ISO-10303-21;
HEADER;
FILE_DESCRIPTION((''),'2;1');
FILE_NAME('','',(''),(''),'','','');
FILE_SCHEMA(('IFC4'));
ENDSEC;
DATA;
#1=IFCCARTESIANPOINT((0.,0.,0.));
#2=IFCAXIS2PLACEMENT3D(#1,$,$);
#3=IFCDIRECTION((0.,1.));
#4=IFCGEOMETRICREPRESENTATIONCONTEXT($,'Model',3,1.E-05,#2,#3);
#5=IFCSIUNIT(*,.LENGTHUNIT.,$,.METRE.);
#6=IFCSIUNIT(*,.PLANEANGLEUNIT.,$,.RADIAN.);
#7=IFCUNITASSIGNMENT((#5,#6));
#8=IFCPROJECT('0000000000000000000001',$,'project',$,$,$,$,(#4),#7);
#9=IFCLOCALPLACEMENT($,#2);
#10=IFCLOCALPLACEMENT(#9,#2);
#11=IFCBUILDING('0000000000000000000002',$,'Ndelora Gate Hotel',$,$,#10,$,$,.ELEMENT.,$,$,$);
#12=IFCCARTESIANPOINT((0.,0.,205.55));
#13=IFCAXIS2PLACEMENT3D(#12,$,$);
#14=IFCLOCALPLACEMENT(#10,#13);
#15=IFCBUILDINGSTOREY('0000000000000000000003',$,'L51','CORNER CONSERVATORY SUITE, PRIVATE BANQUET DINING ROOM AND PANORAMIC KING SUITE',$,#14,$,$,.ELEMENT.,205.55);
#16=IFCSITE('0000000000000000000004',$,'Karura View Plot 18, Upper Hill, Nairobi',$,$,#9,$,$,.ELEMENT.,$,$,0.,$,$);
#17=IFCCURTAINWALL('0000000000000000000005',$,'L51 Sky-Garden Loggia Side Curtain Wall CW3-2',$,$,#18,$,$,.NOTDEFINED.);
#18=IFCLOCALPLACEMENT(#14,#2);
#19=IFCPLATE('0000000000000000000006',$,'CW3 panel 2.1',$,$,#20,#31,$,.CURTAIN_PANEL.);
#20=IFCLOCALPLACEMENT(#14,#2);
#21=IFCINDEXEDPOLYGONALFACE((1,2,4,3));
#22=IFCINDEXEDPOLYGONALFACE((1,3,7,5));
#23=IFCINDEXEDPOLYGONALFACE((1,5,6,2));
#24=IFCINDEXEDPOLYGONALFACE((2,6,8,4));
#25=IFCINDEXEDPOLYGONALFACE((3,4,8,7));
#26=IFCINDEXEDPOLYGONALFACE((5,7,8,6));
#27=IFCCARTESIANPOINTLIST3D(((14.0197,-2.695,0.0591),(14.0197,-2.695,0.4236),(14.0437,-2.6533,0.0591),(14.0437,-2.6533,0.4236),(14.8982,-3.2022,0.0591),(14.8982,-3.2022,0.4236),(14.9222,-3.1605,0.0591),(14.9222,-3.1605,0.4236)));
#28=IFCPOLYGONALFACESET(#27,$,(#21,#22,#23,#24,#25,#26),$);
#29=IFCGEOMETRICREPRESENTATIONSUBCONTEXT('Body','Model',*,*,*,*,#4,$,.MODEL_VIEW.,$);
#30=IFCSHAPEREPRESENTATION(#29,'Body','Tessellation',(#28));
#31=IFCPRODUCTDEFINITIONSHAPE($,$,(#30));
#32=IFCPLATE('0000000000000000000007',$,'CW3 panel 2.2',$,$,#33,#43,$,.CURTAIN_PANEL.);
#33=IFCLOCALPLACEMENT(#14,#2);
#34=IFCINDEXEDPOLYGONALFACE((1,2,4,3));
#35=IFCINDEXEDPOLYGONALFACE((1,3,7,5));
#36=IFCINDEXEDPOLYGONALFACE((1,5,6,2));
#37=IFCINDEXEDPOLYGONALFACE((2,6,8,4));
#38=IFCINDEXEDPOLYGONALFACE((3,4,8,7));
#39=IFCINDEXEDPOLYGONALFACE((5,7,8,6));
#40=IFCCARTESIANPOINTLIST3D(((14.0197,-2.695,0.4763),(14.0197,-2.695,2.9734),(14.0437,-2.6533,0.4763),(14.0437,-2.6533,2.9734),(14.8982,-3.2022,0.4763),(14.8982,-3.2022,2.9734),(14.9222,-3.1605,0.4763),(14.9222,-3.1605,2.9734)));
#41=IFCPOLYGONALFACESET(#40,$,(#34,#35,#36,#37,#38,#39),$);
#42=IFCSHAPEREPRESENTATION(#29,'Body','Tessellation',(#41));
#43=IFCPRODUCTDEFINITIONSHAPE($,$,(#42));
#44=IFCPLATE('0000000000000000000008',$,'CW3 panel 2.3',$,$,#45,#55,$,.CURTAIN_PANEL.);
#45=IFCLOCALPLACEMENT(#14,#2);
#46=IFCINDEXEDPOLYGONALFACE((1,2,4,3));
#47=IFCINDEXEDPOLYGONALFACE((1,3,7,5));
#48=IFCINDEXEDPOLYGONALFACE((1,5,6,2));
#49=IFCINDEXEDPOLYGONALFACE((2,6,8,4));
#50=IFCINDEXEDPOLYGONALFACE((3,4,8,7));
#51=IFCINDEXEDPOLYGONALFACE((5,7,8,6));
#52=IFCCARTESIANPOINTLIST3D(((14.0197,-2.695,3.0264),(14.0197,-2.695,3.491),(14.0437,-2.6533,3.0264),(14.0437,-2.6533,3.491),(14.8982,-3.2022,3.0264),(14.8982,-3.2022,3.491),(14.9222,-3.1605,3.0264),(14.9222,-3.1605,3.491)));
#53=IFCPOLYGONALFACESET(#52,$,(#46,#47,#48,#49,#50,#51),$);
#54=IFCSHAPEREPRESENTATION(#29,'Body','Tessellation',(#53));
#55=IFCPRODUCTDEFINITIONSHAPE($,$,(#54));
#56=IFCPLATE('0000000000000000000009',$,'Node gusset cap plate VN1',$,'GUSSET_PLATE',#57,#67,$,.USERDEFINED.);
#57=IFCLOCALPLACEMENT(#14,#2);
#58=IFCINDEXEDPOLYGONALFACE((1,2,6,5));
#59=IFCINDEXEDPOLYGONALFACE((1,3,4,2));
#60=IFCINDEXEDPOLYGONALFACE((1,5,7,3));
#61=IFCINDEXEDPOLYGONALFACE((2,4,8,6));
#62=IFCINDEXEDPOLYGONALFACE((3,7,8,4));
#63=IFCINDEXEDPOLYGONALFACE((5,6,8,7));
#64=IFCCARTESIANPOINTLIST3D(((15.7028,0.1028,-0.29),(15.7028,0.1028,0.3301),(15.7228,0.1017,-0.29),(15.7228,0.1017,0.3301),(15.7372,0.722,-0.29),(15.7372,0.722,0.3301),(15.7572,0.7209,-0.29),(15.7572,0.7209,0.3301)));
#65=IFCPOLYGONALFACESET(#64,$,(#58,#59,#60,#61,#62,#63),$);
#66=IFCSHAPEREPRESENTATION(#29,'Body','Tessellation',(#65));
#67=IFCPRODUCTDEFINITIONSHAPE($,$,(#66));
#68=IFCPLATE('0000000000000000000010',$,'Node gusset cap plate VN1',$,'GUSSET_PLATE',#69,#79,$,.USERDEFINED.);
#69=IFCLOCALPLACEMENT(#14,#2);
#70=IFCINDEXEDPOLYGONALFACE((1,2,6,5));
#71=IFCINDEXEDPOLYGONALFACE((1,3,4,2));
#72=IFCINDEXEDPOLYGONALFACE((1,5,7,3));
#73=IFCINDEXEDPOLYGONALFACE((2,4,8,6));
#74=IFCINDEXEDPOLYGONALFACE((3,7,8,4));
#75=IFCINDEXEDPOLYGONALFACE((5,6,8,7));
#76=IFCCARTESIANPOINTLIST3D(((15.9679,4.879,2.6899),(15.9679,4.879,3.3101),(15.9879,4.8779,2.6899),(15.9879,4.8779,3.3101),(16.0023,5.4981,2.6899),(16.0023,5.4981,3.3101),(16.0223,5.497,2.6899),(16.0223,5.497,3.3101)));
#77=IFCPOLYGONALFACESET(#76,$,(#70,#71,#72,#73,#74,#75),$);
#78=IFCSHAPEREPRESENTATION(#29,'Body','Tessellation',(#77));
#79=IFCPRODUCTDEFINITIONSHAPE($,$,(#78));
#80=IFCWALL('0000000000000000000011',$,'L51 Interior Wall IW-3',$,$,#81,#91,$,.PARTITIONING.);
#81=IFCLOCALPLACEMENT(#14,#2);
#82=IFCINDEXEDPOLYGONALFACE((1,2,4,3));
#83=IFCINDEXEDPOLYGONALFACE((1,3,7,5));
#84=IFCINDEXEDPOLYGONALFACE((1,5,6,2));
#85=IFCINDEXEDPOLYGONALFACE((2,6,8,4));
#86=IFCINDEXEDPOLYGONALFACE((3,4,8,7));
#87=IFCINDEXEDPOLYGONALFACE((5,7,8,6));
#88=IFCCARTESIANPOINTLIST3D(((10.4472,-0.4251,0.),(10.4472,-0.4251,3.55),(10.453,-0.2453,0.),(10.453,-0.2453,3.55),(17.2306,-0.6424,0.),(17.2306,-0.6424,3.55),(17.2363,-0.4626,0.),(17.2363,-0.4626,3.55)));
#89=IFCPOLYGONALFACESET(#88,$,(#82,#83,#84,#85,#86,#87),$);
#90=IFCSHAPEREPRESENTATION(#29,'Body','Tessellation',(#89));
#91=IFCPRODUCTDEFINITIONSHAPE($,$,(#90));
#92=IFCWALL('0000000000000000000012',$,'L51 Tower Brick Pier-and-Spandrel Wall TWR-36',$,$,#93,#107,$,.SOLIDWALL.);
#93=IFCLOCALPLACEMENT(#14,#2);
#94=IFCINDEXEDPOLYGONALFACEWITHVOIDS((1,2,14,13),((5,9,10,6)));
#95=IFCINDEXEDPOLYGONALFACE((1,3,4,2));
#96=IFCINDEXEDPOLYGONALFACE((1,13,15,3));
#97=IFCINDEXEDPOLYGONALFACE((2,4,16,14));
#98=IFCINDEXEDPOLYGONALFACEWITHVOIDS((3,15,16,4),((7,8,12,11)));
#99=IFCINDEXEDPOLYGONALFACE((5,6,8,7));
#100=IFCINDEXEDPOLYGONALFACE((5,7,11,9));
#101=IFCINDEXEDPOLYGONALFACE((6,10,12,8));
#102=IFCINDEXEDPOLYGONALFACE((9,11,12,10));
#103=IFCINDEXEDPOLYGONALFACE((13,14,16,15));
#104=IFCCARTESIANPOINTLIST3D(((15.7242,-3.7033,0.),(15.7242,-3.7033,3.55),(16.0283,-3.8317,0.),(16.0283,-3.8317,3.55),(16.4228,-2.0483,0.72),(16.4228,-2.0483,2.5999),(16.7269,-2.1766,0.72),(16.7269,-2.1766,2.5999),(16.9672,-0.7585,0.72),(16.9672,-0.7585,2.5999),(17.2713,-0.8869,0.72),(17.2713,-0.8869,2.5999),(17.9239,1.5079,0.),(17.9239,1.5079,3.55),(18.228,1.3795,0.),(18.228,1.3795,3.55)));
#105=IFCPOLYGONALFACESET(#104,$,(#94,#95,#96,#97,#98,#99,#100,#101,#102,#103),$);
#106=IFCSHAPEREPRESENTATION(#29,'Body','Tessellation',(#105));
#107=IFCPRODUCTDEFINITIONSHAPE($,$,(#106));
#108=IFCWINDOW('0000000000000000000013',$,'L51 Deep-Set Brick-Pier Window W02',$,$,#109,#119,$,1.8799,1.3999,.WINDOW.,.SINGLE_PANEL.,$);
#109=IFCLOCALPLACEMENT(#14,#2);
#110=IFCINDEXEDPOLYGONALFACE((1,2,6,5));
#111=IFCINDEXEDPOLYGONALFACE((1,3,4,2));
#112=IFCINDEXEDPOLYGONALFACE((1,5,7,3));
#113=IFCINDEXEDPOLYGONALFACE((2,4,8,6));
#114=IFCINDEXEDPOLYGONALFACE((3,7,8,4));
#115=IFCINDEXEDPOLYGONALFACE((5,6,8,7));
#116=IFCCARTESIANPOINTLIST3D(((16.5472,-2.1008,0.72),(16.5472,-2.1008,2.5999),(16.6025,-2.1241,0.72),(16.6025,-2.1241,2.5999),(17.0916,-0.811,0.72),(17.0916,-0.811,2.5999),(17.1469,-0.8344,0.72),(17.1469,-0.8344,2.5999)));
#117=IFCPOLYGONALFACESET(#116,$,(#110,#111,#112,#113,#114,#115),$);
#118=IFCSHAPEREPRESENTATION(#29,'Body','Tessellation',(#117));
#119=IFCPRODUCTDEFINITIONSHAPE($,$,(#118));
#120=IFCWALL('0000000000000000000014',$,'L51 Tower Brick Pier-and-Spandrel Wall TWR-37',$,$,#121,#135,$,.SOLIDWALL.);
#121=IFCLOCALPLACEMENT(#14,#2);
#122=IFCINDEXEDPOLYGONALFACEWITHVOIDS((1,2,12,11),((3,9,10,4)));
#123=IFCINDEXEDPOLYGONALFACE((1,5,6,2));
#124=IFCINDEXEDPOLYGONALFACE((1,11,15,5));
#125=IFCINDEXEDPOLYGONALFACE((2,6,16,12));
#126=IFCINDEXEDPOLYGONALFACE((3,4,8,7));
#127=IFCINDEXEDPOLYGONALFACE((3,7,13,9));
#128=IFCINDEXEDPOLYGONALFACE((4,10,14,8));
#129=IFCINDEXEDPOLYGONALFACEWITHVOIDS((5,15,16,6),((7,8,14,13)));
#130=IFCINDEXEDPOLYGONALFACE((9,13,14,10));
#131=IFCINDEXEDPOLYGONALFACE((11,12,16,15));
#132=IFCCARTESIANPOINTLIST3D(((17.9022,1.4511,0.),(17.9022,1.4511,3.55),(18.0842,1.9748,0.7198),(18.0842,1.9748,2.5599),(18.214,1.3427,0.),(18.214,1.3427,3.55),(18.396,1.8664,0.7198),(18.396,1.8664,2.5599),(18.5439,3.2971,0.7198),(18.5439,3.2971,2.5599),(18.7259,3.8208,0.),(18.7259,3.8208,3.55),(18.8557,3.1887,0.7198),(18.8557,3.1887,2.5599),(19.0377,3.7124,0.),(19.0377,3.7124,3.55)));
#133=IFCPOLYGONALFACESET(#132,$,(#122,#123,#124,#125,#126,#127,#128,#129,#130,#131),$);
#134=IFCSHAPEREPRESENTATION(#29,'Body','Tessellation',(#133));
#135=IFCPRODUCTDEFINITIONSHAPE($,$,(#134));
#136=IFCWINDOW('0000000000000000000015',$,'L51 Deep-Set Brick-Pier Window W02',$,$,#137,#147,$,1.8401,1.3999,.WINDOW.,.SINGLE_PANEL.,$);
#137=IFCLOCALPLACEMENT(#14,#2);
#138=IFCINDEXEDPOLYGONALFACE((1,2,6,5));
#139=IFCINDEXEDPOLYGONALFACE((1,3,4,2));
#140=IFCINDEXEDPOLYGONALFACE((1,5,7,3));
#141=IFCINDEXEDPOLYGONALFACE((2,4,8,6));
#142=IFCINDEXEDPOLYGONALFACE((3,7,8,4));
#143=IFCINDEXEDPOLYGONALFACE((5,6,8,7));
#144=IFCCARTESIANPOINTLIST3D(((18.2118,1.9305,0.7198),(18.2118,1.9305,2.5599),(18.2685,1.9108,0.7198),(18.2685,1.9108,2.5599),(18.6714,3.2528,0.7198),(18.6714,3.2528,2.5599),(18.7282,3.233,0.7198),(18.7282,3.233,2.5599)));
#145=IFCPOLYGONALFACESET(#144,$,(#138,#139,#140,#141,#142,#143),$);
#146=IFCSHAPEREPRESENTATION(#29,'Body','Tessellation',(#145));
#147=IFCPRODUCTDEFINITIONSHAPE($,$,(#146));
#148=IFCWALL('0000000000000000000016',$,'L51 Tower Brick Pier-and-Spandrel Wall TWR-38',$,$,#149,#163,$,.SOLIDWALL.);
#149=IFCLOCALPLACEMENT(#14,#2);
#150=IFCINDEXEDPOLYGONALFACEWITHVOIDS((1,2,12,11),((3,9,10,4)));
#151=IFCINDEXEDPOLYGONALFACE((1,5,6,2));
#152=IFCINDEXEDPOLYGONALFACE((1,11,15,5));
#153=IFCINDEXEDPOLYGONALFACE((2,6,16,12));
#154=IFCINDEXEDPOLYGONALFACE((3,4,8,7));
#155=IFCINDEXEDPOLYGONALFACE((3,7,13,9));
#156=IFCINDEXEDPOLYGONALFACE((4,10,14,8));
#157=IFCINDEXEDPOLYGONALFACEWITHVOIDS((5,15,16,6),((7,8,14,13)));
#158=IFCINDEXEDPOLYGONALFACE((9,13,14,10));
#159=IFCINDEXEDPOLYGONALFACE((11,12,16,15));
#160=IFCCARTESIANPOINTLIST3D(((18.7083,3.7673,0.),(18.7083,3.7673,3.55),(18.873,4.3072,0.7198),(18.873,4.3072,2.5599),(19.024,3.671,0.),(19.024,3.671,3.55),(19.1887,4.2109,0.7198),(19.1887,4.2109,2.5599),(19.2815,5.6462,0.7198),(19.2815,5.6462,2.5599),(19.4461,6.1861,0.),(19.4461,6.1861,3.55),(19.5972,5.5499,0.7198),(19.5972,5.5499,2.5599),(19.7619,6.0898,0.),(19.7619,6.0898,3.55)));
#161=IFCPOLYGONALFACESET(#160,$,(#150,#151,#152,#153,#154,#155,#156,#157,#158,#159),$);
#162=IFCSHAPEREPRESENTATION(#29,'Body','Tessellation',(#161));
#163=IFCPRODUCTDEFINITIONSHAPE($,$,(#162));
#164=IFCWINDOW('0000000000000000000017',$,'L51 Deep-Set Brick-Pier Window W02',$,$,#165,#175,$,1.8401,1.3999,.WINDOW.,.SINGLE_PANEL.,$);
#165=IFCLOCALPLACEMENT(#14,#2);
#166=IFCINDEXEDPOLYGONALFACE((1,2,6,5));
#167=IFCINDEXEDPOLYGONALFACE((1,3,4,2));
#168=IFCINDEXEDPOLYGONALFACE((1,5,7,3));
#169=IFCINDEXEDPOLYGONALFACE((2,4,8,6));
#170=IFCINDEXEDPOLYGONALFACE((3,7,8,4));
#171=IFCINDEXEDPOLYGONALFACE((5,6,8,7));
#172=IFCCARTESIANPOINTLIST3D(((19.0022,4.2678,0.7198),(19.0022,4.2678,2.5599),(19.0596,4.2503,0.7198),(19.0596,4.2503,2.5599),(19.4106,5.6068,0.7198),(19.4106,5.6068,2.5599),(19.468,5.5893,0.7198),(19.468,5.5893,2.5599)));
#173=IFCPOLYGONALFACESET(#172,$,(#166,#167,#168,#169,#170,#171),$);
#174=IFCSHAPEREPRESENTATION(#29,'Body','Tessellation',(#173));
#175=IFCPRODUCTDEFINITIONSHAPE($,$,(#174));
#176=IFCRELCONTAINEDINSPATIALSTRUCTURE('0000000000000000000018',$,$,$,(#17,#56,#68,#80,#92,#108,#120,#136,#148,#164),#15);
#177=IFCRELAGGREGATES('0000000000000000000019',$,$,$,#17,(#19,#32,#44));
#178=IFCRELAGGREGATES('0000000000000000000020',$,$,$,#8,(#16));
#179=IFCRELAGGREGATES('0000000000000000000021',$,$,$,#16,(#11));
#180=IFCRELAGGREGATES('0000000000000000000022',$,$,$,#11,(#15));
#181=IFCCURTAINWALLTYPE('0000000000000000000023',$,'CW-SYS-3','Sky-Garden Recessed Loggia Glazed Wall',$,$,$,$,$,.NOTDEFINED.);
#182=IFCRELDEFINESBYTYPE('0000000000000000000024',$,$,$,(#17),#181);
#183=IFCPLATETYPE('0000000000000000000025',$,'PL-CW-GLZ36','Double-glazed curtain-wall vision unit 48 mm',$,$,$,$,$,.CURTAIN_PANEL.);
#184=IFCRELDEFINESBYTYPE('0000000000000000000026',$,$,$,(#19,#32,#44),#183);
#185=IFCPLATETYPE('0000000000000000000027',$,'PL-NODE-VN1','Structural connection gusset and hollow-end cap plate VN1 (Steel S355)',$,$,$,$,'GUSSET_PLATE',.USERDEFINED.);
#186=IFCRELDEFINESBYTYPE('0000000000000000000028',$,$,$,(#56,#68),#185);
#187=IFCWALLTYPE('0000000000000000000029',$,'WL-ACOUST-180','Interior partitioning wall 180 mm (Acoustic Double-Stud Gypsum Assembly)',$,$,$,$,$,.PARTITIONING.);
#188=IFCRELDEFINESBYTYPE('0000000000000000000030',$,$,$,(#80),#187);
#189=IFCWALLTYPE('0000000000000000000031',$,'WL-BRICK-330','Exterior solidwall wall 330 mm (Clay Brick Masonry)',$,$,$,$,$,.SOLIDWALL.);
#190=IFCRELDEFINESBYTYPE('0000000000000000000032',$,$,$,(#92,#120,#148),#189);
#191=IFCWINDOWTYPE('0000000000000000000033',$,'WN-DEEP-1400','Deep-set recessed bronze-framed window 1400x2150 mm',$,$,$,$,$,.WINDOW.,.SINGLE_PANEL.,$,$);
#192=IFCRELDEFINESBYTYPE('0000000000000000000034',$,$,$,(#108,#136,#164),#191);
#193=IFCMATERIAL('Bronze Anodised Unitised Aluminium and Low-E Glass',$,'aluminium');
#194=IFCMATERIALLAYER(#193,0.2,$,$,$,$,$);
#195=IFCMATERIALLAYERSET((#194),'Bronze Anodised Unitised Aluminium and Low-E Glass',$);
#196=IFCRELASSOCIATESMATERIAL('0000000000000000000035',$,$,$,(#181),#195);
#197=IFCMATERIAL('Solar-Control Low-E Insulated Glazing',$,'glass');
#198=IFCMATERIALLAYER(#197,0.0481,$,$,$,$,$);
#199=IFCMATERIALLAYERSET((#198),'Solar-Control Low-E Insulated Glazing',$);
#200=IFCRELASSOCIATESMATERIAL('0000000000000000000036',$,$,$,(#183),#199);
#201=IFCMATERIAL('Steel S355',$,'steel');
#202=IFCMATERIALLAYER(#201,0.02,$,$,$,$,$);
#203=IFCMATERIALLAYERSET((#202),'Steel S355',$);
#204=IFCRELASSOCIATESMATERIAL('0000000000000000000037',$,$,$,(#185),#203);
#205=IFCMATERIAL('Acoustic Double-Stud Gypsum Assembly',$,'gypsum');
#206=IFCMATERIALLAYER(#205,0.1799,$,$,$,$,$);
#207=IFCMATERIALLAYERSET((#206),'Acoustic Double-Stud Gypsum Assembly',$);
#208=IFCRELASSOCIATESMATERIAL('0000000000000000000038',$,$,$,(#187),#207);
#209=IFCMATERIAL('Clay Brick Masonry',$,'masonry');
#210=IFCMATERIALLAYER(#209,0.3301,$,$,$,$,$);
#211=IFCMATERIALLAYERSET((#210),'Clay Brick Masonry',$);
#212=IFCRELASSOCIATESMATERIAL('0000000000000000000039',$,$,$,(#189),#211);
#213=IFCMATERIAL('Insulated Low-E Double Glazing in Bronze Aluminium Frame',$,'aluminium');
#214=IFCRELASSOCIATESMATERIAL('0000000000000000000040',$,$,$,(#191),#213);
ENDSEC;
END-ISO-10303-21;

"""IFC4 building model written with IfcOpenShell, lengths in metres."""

from ifc_helpers import new_model, si_unit, direction, frame, frame_2d, origin, origin_2d, place, context, subcontext, project, spatial, rectangle, extrude, material, layer, layer_set, type_object, element, fill, aggregate, save


model = new_model("IFC4")

# Units and contexts
model_context = context("Model", 3, precision=1e-05, world=origin(), true_north=direction((0.0, 1.0)))
body_context = subcontext(model_context, "Body", "Model", "MODEL_VIEW")
ifc_project = project(units=[si_unit("LENGTHUNIT", "METRE"), si_unit("PLANEANGLEUNIT", "RADIAN")], contexts=[model_context])

# Site, building, storey
site_placement = place(None, origin())
site = spatial("IfcSite", under=ifc_project, at=site_placement, Name="Karura View Plot 18, Upper Hill, Nairobi", CompositionType="ELEMENT", RefElevation=0.0)
building_placement = place(site_placement, origin())
building = spatial("IfcBuilding", under=site, at=building_placement, Name="Ndelora Gate Hotel", CompositionType="ELEMENT")
storey_placement = place(building_placement, frame((0.0, 0.0, 205.55)))
storey = spatial("IfcBuildingStorey", under=building, at=storey_placement, Name="L51", Description="CORNER CONSERVATORY SUITE, PRIVATE BANQUET DINING ROOM AND PANORAMIC KING SUITE", CompositionType="ELEMENT", Elevation=205.55)

# Shared definitions
ifc_material_1 = material(Name="Steel S355", Category="steel")

# Curtain wall
ifc_material_2 = material(Name="Bronze Anodised Unitised Aluminium and Low-E Glass", Category="aluminium")
ifc_layer_1 = layer(ifc_material_2, 0.2)
ifc_layer_set_1 = layer_set([ifc_layer_1], Name="Bronze Anodised Unitised Aluminium and Low-E Glass")
curtain_wall_type = type_object("IfcCurtainWallType", Name="CW-SYS-3", Description="Sky-Garden Recessed Loggia Glazed Wall", PredefinedType="NOTDEFINED", material=ifc_layer_set_1)
curtain_wall_placement = place(storey_placement, origin())
curtain_wall = element("IfcCurtainWall", 1, at=curtain_wall_placement, inside=storey, type_object=curtain_wall_type, Name="L51 Sky-Garden Loggia Side Curtain Wall CW3-2", PredefinedType="NOTDEFINED")

# Plates
ifc_material_3 = material(Name="Solar-Control Low-E Insulated Glazing", Category="glass")
ifc_layer_2 = layer(ifc_material_3, 0.0481)
ifc_layer_set_2 = layer_set([ifc_layer_2], Name="Solar-Control Low-E Insulated Glazing")
plate_type_1 = type_object("IfcPlateType", Name="PL-CW-GLZ36", Description="Double-glazed curtain-wall vision unit 48 mm", PredefinedType="CURTAIN_PANEL", material=ifc_layer_set_2)
plate_1_placement = place(storey_placement, frame((14.4709, -2.9277, 0.0591), z_axis=(0.0, 0.0, 1.0), x_axis=(-0.86603, 0.499991, 0.0)))
plate_1 = element("IfcPlate", 2, at=plate_1_placement, type_object=plate_type_1, Name="CW3 panel 2.1", PredefinedType="CURTAIN_PANEL", context=body_context, shape_type="SweptSolid", body=[
    extrude(rectangle(XDim=1.0144, YDim=0.0481, at=origin_2d()), origin(), (0.0, 0.0, 1.0), 0.3645),
])
plate_2_placement = place(storey_placement, frame((14.4709, -2.9277, 0.4763), z_axis=(0.0, 0.0, 1.0), x_axis=(-0.86603, 0.499991, 0.0)))
plate_2 = element("IfcPlate", 3, at=plate_2_placement, type_object=plate_type_1, Name="CW3 panel 2.2", PredefinedType="CURTAIN_PANEL", context=body_context, shape_type="SweptSolid", body=[
    extrude(rectangle(XDim=1.0144, YDim=0.0481, at=origin_2d()), origin(), (0.0, 0.0, 1.0), 2.4971),
])
plate_3_placement = place(storey_placement, frame((14.4709, -2.9277, 3.0264), z_axis=(0.0, 0.0, 1.0), x_axis=(-0.86603, 0.499991, 0.0)))
plate_3 = element("IfcPlate", 4, at=plate_3_placement, type_object=plate_type_1, Name="CW3 panel 2.3", PredefinedType="CURTAIN_PANEL", context=body_context, shape_type="SweptSolid", body=[
    extrude(rectangle(XDim=1.0144, YDim=0.0481, at=origin_2d()), origin(), (0.0, 0.0, 1.0), 0.4646),
])
aggregate(curtain_wall, [plate_1, plate_2, plate_3])

# Plates
ifc_layer_3 = layer(ifc_material_1, 0.02)
ifc_layer_set_3 = layer_set([ifc_layer_3], Name="Steel S355")
plate_type_2 = type_object("IfcPlateType", Name="PL-NODE-VN1", Description="Structural connection gusset and hollow-end cap plate VN1 (Steel S355)", ElementType="GUSSET_PLATE", PredefinedType="USERDEFINED", material=ifc_layer_set_3)
for number, where, z_axis, x_axis, name in (
    (5, (15.73, 0.4119, -0.29), (0.0, 0.0, 1.0), (0.055473, 0.99846, 0.0), "Node gusset cap plate VN1"),
    (6, (15.9951, 5.188, 2.6899), (0.0, 0.0, 1.0), (0.055473, 0.99846, 0.0), "Node gusset cap plate VN1"),
):
    element("IfcPlate", number, at=place(storey_placement, frame(where, z_axis=z_axis, x_axis=x_axis)), inside=storey, type_object=plate_type_2, Name=name, ObjectType="GUSSET_PLATE", PredefinedType="USERDEFINED", context=body_context, shape_type="SweptSolid", body=[
        extrude(rectangle(XDim=0.6201, YDim=0.02, at=origin_2d()), origin(), (0.0, 0.0, 1.0), 0.6201),
    ])

# Wall
ifc_material_4 = material(Name="Acoustic Double-Stud Gypsum Assembly", Category="gypsum")
ifc_layer_4 = layer(ifc_material_4, 0.1799)
ifc_layer_set_4 = layer_set([ifc_layer_4], Name="Acoustic Double-Stud Gypsum Assembly")
wall_type_1 = type_object("IfcWallType", Name="WL-ACOUST-180", Description="Interior partitioning wall 180 mm (Acoustic Double-Stud Gypsum Assembly)", PredefinedType="PARTITIONING", material=ifc_layer_set_4)
wall_1_placement = place(storey_placement, frame((10.45, -0.3352, 0.0), z_axis=(0.0, 0.0, 1.0), x_axis=(0.999487, -0.032015, 0.0)))
element("IfcWall", 7, at=wall_1_placement, inside=storey, type_object=wall_type_1, Name="L51 Interior Wall IW-3", PredefinedType="PARTITIONING", context=body_context, shape_type="SweptSolid", body=[
    extrude(rectangle(XDim=6.7869, YDim=0.1799, at=frame_2d((3.3936, 0.0))), origin(), (0.0, 0.0, 1.0), 3.55),
])

# Walls, openings, windows
ifc_material_5 = material(Name="Clay Brick Masonry", Category="masonry")
ifc_layer_5 = layer(ifc_material_5, 0.3301)
ifc_layer_set_5 = layer_set([ifc_layer_5], Name="Clay Brick Masonry")
wall_type_2 = type_object("IfcWallType", Name="WL-BRICK-330", Description="Exterior solidwall wall 330 mm (Clay Brick Masonry)", PredefinedType="SOLIDWALL", material=ifc_layer_set_5)
wall_2_placement = place(storey_placement, frame((18.0759, 1.4436, 0.0), z_axis=(0.0, 0.0, 1.0), x_axis=(-0.388887, -0.921286, 0.0)))
wall_2 = element("IfcWall", 8, at=wall_2_placement, inside=storey, type_object=wall_type_2, Name="L51 Tower Brick Pier-and-Spandrel Wall TWR-36", PredefinedType="SOLIDWALL", context=body_context, shape_type="SweptSolid", body=[
    extrude(rectangle(XDim=5.6565, YDim=0.3301, at=frame_2d((2.8281, 0.0))), origin(), (0.0, 0.0, 1.0), 3.55),
])
opening_1_placement = place(wall_2_placement, frame((2.46, 0.0, 0.72)))
opening_1 = element("IfcOpeningElement", 9, at=opening_1_placement, cuts=wall_2, PredefinedType="OPENING", context=body_context, shape_type="SweptSolid", body=[
    extrude(rectangle(XDim=1.3999, YDim=1.8799, at=frame_2d((0.7, 0.9399))), frame((0.0, 0.175, 0.0), z_axis=(0.0, -1.0, 0.0), x_axis=(1.0, 0.0, 0.0)), (0.0, 0.0, 1.0), 0.3501),
])
ifc_material_6 = material(Name="Insulated Low-E Double Glazing in Bronze Aluminium Frame", Category="aluminium")
window_type = type_object("IfcWindowType", Name="WN-DEEP-1400", Description="Deep-set recessed bronze-framed window 1400x2150 mm", PartitioningType="SINGLE_PANEL", PredefinedType="WINDOW", material=ifc_material_6)
window_1_placement = place(opening_1_placement, origin())
window_1 = element("IfcWindow", 10, at=window_1_placement, inside=storey, type_object=window_type, Name="L51 Deep-Set Brick-Pier Window W02", OverallHeight=1.8799, OverallWidth=1.3999, PartitioningType="SINGLE_PANEL", PredefinedType="WINDOW", context=body_context, shape_type="SweptSolid", body=[
    extrude(rectangle(XDim=1.3999, YDim=1.8799, at=frame_2d((0.7, 0.9399))), frame((0.0, 0.03, 0.0), z_axis=(0.0, -1.0, 0.0), x_axis=(1.0, 0.0, 0.0)), (0.0, 0.0, 1.0), 0.0601),
])
fill(opening_1, window_1)
wall_3_placement = place(storey_placement, frame((18.8818, 3.7666, 0.0), z_axis=(0.0, 0.0, 1.0), x_axis=(-0.328347, -0.944557, 0.0)))
wall_3 = element("IfcWall", 11, at=wall_3_placement, inside=storey, type_object=wall_type_2, Name="L51 Tower Brick Pier-and-Spandrel Wall TWR-37", PredefinedType="SOLIDWALL", context=body_context, shape_type="SweptSolid", body=[
    extrude(rectangle(XDim=2.5088, YDim=0.3301, at=frame_2d((1.2544, 0.0))), origin(), (0.0, 0.0, 1.0), 3.55),
])
opening_2_placement = place(wall_3_placement, frame((0.5544, 0.0, 0.72)))
opening_2 = element("IfcOpeningElement", 12, at=opening_2_placement, cuts=wall_3, PredefinedType="OPENING", context=body_context, shape_type="SweptSolid", body=[
    extrude(rectangle(XDim=1.3999, YDim=1.8401, at=frame_2d((0.7, 0.9199))), frame((0.0, 0.175, 0.0), z_axis=(0.0, -1.0, 0.0), x_axis=(1.0, 0.0, 0.0)), (0.0, 0.0, 1.0), 0.3501),
])
window_2_placement = place(opening_2_placement, origin())
window_2 = element("IfcWindow", 13, at=window_2_placement, inside=storey, type_object=window_type, Name="L51 Deep-Set Brick-Pier Window W02", OverallHeight=1.8401, OverallWidth=1.3999, PartitioningType="SINGLE_PANEL", PredefinedType="WINDOW", context=body_context, shape_type="SweptSolid", body=[
    extrude(rectangle(XDim=1.3999, YDim=1.8401, at=frame_2d((0.7, 0.9199))), frame((0.0, 0.03, 0.0), z_axis=(0.0, -1.0, 0.0), x_axis=(1.0, 0.0, 0.0)), (0.0, 0.0, 1.0), 0.0601),
])
fill(opening_2, window_2)
wall_4_placement = place(storey_placement, frame((19.604, 6.1379, 0.0), z_axis=(0.0, 0.0, 1.0), x_axis=(-0.291765, -0.95649, 0.0)))
wall_4 = element("IfcWall", 14, at=wall_4_placement, inside=storey, type_object=wall_type_2, Name="L51 Tower Brick Pier-and-Spandrel Wall TWR-38", PredefinedType="SOLIDWALL", context=body_context, shape_type="SweptSolid", body=[
    extrude(rectangle(XDim=2.5288, YDim=0.3301, at=frame_2d((1.2644, 0.0))), origin(), (0.0, 0.0, 1.0), 3.55),
])
opening_3_placement = place(wall_4_placement, frame((0.5645, 0.0, 0.72)))
opening_3 = element("IfcOpeningElement", 15, at=opening_3_placement, cuts=wall_4, PredefinedType="OPENING", context=body_context, shape_type="SweptSolid", body=[
    extrude(rectangle(XDim=1.3999, YDim=1.8401, at=frame_2d((0.7, 0.9199))), frame((0.0, 0.175, 0.0), z_axis=(0.0, -1.0, 0.0), x_axis=(1.0, 0.0, 0.0)), (0.0, 0.0, 1.0), 0.3501),
])
window_3_placement = place(opening_3_placement, origin())
window_3 = element("IfcWindow", 16, at=window_3_placement, inside=storey, type_object=window_type, Name="L51 Deep-Set Brick-Pier Window W02", OverallHeight=1.8401, OverallWidth=1.3999, PartitioningType="SINGLE_PANEL", PredefinedType="WINDOW", context=body_context, shape_type="SweptSolid", body=[
    extrude(rectangle(XDim=1.3999, YDim=1.8401, at=frame_2d((0.7, 0.9199))), frame((0.0, 0.03, 0.0), z_axis=(0.0, -1.0, 0.0), x_axis=(1.0, 0.0, 0.0)), (0.0, 0.0, 1.0), 0.0601),
])
fill(opening_3, window_3)

save(model, "model.ifc")
